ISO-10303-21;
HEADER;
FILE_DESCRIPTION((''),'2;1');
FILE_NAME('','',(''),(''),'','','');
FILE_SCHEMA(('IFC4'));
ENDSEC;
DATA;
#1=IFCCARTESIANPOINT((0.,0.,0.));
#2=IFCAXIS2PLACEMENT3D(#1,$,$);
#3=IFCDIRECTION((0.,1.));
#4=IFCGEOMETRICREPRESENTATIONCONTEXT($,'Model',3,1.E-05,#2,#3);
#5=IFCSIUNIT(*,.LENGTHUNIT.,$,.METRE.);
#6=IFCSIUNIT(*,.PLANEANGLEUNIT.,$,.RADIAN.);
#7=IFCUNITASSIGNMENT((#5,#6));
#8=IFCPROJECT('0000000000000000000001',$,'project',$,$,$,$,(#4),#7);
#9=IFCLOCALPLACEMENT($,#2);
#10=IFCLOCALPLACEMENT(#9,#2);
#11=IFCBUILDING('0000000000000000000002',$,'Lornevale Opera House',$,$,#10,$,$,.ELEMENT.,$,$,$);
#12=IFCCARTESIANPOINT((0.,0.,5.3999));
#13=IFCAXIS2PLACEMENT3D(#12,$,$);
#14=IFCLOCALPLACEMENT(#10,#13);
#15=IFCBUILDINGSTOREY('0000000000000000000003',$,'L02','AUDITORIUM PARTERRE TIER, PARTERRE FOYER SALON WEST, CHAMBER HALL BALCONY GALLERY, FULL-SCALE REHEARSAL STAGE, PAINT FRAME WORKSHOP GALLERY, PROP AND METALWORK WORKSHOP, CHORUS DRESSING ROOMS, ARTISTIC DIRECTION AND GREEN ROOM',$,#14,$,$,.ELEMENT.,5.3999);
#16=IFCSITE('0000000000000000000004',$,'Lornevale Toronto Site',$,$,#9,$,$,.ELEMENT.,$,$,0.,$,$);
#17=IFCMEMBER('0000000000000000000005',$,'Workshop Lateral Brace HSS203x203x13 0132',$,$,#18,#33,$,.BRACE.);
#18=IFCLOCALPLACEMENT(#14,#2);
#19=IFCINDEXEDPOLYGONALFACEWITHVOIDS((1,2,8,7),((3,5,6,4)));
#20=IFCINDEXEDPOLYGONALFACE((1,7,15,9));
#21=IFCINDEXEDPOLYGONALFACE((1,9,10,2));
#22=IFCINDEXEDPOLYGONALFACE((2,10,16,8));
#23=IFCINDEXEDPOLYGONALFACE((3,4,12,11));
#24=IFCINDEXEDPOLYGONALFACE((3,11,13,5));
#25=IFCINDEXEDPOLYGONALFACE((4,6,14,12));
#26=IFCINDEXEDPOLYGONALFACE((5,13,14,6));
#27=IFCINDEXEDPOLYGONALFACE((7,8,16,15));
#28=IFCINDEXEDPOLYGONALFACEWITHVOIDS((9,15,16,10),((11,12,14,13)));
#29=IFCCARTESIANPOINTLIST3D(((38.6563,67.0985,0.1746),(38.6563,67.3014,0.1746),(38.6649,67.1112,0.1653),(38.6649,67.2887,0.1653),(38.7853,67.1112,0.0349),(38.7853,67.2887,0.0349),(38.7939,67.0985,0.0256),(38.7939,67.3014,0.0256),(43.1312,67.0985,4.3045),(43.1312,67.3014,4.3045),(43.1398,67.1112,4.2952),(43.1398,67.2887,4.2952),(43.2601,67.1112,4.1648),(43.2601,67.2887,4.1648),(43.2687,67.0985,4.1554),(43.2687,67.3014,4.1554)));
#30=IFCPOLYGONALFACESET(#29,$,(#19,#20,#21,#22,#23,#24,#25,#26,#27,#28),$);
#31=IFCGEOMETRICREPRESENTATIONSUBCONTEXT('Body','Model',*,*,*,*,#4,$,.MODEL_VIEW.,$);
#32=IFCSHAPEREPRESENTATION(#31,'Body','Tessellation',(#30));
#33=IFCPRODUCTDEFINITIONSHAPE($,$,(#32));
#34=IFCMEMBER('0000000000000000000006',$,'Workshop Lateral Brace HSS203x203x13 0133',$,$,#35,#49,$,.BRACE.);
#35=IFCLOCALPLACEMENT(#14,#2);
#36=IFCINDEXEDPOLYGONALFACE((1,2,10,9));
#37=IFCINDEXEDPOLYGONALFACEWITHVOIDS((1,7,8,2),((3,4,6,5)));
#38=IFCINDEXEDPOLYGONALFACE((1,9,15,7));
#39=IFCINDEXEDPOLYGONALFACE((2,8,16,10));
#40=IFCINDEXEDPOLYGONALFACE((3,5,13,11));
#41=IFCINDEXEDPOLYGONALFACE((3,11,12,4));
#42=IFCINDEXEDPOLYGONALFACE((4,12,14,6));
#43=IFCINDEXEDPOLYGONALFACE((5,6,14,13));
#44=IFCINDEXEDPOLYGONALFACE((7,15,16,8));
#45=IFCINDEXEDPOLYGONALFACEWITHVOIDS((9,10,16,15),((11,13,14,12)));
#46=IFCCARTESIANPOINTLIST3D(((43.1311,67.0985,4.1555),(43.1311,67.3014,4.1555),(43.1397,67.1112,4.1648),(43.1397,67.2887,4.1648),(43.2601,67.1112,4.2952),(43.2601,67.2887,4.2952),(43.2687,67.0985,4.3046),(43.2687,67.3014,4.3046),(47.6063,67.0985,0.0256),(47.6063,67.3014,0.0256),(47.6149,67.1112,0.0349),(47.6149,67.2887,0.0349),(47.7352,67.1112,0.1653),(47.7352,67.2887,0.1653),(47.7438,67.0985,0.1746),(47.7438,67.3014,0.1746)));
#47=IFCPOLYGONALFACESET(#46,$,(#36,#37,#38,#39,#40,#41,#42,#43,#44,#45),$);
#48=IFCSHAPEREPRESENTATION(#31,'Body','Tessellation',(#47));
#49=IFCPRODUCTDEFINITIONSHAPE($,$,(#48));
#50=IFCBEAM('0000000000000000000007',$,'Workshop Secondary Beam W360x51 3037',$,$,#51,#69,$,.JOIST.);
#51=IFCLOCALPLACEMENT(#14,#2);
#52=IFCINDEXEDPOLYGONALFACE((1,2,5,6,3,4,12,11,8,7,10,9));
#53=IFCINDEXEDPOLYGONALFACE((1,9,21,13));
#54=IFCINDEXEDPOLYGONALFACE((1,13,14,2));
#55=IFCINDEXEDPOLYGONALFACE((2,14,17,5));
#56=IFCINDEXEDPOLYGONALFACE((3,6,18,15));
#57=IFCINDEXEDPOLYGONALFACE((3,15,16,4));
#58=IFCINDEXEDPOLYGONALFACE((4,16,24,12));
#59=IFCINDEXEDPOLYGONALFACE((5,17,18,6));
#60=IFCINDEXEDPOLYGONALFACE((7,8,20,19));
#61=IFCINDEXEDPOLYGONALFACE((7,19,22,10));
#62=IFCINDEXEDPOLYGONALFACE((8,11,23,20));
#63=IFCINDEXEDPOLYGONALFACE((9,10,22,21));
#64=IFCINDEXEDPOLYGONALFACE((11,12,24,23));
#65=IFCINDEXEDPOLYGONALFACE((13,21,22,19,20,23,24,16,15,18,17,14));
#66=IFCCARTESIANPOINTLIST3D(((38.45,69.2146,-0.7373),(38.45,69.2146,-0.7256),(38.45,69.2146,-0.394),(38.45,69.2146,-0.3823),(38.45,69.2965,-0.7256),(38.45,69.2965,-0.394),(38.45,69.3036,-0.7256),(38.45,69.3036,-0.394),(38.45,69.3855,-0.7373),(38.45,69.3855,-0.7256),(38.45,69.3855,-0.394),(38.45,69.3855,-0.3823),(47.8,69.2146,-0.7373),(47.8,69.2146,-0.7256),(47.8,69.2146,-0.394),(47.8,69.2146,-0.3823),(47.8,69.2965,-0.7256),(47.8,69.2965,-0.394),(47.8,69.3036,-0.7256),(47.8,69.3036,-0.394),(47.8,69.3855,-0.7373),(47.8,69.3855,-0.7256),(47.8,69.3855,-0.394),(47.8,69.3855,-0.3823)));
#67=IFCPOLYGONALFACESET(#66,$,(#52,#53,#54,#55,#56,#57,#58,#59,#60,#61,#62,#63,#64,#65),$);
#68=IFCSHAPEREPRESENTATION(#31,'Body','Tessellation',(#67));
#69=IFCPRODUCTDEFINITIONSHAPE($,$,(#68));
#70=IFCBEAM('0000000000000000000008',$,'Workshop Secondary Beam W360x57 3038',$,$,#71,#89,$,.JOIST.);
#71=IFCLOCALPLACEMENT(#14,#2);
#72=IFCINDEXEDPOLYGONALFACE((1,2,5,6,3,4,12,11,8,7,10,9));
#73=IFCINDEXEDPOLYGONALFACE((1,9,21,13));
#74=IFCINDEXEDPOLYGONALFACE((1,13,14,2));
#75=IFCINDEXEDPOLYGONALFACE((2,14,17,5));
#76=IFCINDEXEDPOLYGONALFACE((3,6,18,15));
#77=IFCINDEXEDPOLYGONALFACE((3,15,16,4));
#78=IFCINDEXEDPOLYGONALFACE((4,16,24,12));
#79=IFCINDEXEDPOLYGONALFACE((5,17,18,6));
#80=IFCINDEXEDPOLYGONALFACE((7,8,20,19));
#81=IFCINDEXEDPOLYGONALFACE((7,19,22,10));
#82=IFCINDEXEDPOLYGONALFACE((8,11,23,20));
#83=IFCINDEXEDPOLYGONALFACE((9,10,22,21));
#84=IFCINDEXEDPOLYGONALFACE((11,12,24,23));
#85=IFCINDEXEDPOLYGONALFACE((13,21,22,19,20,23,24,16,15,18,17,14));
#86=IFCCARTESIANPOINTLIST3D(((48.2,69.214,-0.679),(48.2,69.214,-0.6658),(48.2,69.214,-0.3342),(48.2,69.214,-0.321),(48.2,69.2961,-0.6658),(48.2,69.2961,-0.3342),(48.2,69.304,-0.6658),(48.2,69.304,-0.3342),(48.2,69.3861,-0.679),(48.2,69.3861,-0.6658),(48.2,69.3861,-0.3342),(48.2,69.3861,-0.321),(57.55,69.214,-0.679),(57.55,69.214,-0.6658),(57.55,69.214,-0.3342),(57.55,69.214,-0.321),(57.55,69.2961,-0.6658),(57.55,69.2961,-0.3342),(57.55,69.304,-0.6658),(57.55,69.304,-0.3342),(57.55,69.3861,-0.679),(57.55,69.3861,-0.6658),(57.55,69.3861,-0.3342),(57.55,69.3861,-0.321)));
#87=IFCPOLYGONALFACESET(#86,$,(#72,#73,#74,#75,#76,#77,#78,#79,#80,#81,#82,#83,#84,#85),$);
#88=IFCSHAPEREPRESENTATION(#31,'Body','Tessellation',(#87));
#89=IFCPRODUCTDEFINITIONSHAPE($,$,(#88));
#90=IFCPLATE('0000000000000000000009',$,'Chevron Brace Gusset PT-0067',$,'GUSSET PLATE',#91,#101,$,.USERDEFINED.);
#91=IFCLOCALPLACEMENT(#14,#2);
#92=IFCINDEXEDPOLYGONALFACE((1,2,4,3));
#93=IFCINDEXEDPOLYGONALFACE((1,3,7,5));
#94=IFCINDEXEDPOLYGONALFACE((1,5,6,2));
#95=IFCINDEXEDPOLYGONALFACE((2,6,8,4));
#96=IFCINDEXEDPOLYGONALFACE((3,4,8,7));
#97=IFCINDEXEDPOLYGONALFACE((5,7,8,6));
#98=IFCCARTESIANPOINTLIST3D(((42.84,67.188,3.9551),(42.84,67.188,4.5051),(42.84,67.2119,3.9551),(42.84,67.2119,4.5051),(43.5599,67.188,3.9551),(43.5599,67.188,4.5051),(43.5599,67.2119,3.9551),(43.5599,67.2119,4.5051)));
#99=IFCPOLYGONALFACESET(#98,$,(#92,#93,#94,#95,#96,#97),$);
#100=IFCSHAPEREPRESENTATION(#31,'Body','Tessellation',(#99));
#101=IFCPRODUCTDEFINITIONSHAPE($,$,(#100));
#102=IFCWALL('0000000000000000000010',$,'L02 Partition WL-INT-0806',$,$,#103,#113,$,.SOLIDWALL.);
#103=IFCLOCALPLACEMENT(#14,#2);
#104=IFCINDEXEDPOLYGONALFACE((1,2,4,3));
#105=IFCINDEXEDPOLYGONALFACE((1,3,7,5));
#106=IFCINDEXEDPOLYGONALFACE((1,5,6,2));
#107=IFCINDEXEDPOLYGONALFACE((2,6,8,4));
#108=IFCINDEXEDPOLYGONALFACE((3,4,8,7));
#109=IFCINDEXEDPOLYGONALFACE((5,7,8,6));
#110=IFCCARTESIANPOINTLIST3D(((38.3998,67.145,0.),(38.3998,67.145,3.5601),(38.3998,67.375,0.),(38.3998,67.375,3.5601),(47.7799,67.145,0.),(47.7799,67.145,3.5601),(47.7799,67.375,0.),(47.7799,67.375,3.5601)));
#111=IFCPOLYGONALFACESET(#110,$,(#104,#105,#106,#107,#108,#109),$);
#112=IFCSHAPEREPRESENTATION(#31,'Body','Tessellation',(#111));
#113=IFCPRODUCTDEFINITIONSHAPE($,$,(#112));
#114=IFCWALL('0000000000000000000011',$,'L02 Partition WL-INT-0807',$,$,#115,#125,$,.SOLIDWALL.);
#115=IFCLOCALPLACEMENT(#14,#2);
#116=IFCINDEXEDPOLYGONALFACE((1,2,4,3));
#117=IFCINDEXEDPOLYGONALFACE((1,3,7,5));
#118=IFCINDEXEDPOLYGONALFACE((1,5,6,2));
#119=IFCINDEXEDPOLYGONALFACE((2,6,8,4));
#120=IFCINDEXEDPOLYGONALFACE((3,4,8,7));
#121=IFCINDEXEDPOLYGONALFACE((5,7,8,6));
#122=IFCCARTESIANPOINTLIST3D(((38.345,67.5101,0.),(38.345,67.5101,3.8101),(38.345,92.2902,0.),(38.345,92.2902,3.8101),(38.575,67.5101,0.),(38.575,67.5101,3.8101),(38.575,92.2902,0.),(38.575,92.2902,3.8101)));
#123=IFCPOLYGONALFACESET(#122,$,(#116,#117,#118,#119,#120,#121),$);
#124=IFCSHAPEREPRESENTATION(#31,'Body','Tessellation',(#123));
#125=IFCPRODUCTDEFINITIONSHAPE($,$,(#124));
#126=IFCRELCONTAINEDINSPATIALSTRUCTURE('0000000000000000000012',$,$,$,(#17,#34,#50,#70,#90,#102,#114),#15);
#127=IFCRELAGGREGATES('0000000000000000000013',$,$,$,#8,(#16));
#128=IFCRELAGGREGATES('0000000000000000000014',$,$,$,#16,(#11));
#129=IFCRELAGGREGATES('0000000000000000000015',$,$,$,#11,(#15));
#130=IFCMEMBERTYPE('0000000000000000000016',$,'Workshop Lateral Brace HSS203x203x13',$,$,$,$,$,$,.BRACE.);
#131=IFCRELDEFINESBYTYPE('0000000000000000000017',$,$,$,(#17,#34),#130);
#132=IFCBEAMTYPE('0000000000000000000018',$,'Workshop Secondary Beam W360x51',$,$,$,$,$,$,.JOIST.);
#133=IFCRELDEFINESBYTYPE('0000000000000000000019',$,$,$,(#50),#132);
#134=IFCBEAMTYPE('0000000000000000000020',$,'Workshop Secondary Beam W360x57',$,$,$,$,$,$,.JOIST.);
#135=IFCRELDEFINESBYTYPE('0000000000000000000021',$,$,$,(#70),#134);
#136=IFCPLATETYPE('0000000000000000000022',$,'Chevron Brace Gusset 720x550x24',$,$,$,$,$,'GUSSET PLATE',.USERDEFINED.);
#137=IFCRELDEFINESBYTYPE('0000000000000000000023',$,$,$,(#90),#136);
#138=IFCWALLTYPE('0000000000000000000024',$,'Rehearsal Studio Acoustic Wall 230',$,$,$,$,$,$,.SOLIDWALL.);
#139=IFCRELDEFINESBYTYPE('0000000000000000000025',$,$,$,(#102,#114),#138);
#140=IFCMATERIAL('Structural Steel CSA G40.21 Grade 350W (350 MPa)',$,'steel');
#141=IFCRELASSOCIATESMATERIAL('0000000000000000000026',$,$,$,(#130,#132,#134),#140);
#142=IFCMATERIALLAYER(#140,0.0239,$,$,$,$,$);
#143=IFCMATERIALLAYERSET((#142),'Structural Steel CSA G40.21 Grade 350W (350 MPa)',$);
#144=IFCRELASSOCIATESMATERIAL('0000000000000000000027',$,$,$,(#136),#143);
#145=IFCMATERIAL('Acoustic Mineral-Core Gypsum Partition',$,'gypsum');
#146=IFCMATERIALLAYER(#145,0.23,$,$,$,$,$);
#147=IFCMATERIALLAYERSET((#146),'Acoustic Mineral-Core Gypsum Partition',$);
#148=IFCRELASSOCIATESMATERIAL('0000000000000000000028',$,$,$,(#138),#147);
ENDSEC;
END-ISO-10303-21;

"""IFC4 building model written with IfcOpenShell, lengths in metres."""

from ifc_helpers import new_model, si_unit, direction, frame, frame_2d, origin, origin_2d, place, context, subcontext, project, spatial, rectangle, hollow_rectangle, i_section, extrude, material, layer, layer_set, material_profile, profile_set, type_object, element, save


model = new_model("IFC4")

# Units and contexts
model_context = context("Model", 3, precision=1e-05, world=origin(), true_north=direction((0.0, 1.0)))
body_context = subcontext(model_context, "Body", "Model", "MODEL_VIEW")
ifc_project = project(units=[si_unit("LENGTHUNIT", "METRE"), si_unit("PLANEANGLEUNIT", "RADIAN")], contexts=[model_context])

# Site, building, storey
site_placement = place(None, origin())
site = spatial("IfcSite", under=ifc_project, at=site_placement, Name="Lornevale Toronto Site", CompositionType="ELEMENT", RefElevation=0.0)
building_placement = place(site_placement, origin())
building = spatial("IfcBuilding", under=site, at=building_placement, Name="Lornevale Opera House", CompositionType="ELEMENT")
storey_placement = place(building_placement, frame((0.0, 0.0, 5.3999)))
storey = spatial("IfcBuildingStorey", under=building, at=storey_placement, Name="L02", Description="AUDITORIUM PARTERRE TIER, PARTERRE FOYER SALON WEST, CHAMBER HALL BALCONY GALLERY, FULL-SCALE REHEARSAL STAGE, PAINT FRAME WORKSHOP GALLERY, PROP AND METALWORK WORKSHOP, CHORUS DRESSING ROOMS, ARTISTIC DIRECTION AND GREEN ROOM", CompositionType="ELEMENT", Elevation=5.3999)

# Shared definitions
ifc_material_1 = material(Name="Structural Steel CSA G40.21 Grade 350W (350 MPa)", Category="steel")

# Members
ifc_material_profile_1 = material_profile(ifc_material_1, hollow_rectangle(XDim=0.2029, YDim=0.2029, WallThickness=0.0127, at=origin_2d()), Name="HSS203x203x13")
ifc_profile_set_1 = profile_set([ifc_material_profile_1], Name="Structural Steel CSA G40.21 Grade 350W (350 MPa)")
member_type = type_object("IfcMemberType", Name="Workshop Lateral Brace HSS203x203x13", PredefinedType="BRACE", material=ifc_profile_set_1)
member_1_placement = place(storey_placement, frame((38.7251, 67.2, 0.1001), z_axis=(0.734865, 0.0, 0.678213), x_axis=(0.0, 1.0, 0.0)))
element("IfcMember", 1, at=member_1_placement, inside=storey, type_object=member_type, Name="Workshop Lateral Brace HSS203x203x13 0132", PredefinedType="BRACE", context=body_context, shape_type="SweptSolid", body=[
    extrude(hollow_rectangle(XDim=0.2029, YDim=0.2029, WallThickness=0.0127, at=origin_2d()), origin(), (0.0, 0.0, 1.0), 6.0894),
])
member_2_placement = place(storey_placement, frame((47.675, 67.2, 0.1001), z_axis=(-0.734883, 0.0, 0.678194), x_axis=(0.0, -1.0, 0.0)))
element("IfcMember", 2, at=member_2_placement, inside=storey, type_object=member_type, Name="Workshop Lateral Brace HSS203x203x13 0133", PredefinedType="BRACE", context=body_context, shape_type="SweptSolid", body=[
    extrude(hollow_rectangle(XDim=0.2029, YDim=0.2029, WallThickness=0.0127, at=origin_2d()), origin(), (0.0, 0.0, 1.0), 6.0896),
])

# Beams
ifc_material_profile_2 = material_profile(ifc_material_1, i_section(OverallWidth=0.1709, OverallDepth=0.355, WebThickness=0.0071, FlangeThickness=0.0117, at=origin_2d()), Name="W360x51")
ifc_profile_set_2 = profile_set([ifc_material_profile_2], Name="Structural Steel CSA G40.21 Grade 350W (350 MPa)")
beam_type_1 = type_object("IfcBeamType", Name="Workshop Secondary Beam W360x51", PredefinedType="JOIST", material=ifc_profile_set_2)
beam_1_placement = place(storey_placement, frame((38.45, 69.3, -0.5598), z_axis=(1.0, 0.0, 0.0), x_axis=(0.0, 1.0, 0.0)))
element("IfcBeam", 3, at=beam_1_placement, inside=storey, type_object=beam_type_1, Name="Workshop Secondary Beam W360x51 3037", PredefinedType="JOIST", context=body_context, shape_type="SweptSolid", body=[
    extrude(i_section(OverallWidth=0.1709, OverallDepth=0.355, WebThickness=0.0071, FlangeThickness=0.0117, at=origin_2d()), origin(), (0.0, 0.0, 1.0), 9.3501),
])
ifc_material_profile_3 = material_profile(ifc_material_1, i_section(OverallWidth=0.1721, OverallDepth=0.3579, WebThickness=0.0078, FlangeThickness=0.0132, at=origin_2d()), Name="W360x57")
ifc_profile_set_3 = profile_set([ifc_material_profile_3], Name="Structural Steel CSA G40.21 Grade 350W (350 MPa)")
beam_type_2 = type_object("IfcBeamType", Name="Workshop Secondary Beam W360x57", PredefinedType="JOIST", material=ifc_profile_set_3)
beam_2_placement = place(storey_placement, frame((48.2, 69.3, -0.5), z_axis=(1.0, 0.0, 0.0), x_axis=(0.0, 1.0, 0.0)))
element("IfcBeam", 4, at=beam_2_placement, inside=storey, type_object=beam_type_2, Name="Workshop Secondary Beam W360x57 3038", PredefinedType="JOIST", context=body_context, shape_type="SweptSolid", body=[
    extrude(i_section(OverallWidth=0.1721, OverallDepth=0.3579, WebThickness=0.0078, FlangeThickness=0.0132, at=origin_2d()), origin(), (0.0, 0.0, 1.0), 9.3501),
])

# Plate
ifc_layer_1 = layer(ifc_material_1, 0.0239)
ifc_layer_set_1 = layer_set([ifc_layer_1], Name="Structural Steel CSA G40.21 Grade 350W (350 MPa)")
plate_type = type_object("IfcPlateType", Name="Chevron Brace Gusset 720x550x24", ElementType="GUSSET PLATE", PredefinedType="USERDEFINED", material=ifc_layer_set_1)
plate_placement = place(storey_placement, frame((43.2, 67.2, 3.9551), z_axis=(0.0, 0.0, 1.0), x_axis=(1.0, 0.0, 0.0)))
element("IfcPlate", 5, at=plate_placement, inside=storey, type_object=plate_type, Name="Chevron Brace Gusset PT-0067", ObjectType="GUSSET PLATE", PredefinedType="USERDEFINED", context=body_context, shape_type="SweptSolid", body=[
    extrude(rectangle(XDim=0.72, YDim=0.0239, at=origin_2d()), origin(), (0.0, 0.0, 1.0), 0.55),
])

# Walls
ifc_material_2 = material(Name="Acoustic Mineral-Core Gypsum Partition", Category="gypsum")
ifc_layer_2 = layer(ifc_material_2, 0.23)
ifc_layer_set_2 = layer_set([ifc_layer_2], Name="Acoustic Mineral-Core Gypsum Partition")
wall_type = type_object("IfcWallType", Name="Rehearsal Studio Acoustic Wall 230", PredefinedType="SOLIDWALL", material=ifc_layer_set_2)
wall_1_placement = place(storey_placement, frame((38.3999, 67.26, 0.0), z_axis=(0.0, 0.0, 1.0), x_axis=(1.0, 0.0, 0.0)))
element("IfcWall", 6, at=wall_1_placement, inside=storey, type_object=wall_type, Name="L02 Partition WL-INT-0806", PredefinedType="SOLIDWALL", context=body_context, shape_type="SweptSolid", body=[
    extrude(rectangle(XDim=9.3801, YDim=0.23, at=frame_2d((4.6899, 0.0))), origin(), (0.0, 0.0, 1.0), 3.5601),
])
wall_2_placement = place(storey_placement, frame((38.46, 67.51, 0.0), z_axis=(0.0, 0.0, 1.0), x_axis=(0.0, 1.0, 0.0)))
element("IfcWall", 7, at=wall_2_placement, inside=storey, type_object=wall_type, Name="L02 Partition WL-INT-0807", PredefinedType="SOLIDWALL", context=body_context, shape_type="SweptSolid", body=[
    extrude(rectangle(XDim=24.78, YDim=0.23, at=frame_2d((12.3901, 0.0))), origin(), (0.0, 0.0, 1.0), 3.8101),
])

save(model, "model.ifc")
